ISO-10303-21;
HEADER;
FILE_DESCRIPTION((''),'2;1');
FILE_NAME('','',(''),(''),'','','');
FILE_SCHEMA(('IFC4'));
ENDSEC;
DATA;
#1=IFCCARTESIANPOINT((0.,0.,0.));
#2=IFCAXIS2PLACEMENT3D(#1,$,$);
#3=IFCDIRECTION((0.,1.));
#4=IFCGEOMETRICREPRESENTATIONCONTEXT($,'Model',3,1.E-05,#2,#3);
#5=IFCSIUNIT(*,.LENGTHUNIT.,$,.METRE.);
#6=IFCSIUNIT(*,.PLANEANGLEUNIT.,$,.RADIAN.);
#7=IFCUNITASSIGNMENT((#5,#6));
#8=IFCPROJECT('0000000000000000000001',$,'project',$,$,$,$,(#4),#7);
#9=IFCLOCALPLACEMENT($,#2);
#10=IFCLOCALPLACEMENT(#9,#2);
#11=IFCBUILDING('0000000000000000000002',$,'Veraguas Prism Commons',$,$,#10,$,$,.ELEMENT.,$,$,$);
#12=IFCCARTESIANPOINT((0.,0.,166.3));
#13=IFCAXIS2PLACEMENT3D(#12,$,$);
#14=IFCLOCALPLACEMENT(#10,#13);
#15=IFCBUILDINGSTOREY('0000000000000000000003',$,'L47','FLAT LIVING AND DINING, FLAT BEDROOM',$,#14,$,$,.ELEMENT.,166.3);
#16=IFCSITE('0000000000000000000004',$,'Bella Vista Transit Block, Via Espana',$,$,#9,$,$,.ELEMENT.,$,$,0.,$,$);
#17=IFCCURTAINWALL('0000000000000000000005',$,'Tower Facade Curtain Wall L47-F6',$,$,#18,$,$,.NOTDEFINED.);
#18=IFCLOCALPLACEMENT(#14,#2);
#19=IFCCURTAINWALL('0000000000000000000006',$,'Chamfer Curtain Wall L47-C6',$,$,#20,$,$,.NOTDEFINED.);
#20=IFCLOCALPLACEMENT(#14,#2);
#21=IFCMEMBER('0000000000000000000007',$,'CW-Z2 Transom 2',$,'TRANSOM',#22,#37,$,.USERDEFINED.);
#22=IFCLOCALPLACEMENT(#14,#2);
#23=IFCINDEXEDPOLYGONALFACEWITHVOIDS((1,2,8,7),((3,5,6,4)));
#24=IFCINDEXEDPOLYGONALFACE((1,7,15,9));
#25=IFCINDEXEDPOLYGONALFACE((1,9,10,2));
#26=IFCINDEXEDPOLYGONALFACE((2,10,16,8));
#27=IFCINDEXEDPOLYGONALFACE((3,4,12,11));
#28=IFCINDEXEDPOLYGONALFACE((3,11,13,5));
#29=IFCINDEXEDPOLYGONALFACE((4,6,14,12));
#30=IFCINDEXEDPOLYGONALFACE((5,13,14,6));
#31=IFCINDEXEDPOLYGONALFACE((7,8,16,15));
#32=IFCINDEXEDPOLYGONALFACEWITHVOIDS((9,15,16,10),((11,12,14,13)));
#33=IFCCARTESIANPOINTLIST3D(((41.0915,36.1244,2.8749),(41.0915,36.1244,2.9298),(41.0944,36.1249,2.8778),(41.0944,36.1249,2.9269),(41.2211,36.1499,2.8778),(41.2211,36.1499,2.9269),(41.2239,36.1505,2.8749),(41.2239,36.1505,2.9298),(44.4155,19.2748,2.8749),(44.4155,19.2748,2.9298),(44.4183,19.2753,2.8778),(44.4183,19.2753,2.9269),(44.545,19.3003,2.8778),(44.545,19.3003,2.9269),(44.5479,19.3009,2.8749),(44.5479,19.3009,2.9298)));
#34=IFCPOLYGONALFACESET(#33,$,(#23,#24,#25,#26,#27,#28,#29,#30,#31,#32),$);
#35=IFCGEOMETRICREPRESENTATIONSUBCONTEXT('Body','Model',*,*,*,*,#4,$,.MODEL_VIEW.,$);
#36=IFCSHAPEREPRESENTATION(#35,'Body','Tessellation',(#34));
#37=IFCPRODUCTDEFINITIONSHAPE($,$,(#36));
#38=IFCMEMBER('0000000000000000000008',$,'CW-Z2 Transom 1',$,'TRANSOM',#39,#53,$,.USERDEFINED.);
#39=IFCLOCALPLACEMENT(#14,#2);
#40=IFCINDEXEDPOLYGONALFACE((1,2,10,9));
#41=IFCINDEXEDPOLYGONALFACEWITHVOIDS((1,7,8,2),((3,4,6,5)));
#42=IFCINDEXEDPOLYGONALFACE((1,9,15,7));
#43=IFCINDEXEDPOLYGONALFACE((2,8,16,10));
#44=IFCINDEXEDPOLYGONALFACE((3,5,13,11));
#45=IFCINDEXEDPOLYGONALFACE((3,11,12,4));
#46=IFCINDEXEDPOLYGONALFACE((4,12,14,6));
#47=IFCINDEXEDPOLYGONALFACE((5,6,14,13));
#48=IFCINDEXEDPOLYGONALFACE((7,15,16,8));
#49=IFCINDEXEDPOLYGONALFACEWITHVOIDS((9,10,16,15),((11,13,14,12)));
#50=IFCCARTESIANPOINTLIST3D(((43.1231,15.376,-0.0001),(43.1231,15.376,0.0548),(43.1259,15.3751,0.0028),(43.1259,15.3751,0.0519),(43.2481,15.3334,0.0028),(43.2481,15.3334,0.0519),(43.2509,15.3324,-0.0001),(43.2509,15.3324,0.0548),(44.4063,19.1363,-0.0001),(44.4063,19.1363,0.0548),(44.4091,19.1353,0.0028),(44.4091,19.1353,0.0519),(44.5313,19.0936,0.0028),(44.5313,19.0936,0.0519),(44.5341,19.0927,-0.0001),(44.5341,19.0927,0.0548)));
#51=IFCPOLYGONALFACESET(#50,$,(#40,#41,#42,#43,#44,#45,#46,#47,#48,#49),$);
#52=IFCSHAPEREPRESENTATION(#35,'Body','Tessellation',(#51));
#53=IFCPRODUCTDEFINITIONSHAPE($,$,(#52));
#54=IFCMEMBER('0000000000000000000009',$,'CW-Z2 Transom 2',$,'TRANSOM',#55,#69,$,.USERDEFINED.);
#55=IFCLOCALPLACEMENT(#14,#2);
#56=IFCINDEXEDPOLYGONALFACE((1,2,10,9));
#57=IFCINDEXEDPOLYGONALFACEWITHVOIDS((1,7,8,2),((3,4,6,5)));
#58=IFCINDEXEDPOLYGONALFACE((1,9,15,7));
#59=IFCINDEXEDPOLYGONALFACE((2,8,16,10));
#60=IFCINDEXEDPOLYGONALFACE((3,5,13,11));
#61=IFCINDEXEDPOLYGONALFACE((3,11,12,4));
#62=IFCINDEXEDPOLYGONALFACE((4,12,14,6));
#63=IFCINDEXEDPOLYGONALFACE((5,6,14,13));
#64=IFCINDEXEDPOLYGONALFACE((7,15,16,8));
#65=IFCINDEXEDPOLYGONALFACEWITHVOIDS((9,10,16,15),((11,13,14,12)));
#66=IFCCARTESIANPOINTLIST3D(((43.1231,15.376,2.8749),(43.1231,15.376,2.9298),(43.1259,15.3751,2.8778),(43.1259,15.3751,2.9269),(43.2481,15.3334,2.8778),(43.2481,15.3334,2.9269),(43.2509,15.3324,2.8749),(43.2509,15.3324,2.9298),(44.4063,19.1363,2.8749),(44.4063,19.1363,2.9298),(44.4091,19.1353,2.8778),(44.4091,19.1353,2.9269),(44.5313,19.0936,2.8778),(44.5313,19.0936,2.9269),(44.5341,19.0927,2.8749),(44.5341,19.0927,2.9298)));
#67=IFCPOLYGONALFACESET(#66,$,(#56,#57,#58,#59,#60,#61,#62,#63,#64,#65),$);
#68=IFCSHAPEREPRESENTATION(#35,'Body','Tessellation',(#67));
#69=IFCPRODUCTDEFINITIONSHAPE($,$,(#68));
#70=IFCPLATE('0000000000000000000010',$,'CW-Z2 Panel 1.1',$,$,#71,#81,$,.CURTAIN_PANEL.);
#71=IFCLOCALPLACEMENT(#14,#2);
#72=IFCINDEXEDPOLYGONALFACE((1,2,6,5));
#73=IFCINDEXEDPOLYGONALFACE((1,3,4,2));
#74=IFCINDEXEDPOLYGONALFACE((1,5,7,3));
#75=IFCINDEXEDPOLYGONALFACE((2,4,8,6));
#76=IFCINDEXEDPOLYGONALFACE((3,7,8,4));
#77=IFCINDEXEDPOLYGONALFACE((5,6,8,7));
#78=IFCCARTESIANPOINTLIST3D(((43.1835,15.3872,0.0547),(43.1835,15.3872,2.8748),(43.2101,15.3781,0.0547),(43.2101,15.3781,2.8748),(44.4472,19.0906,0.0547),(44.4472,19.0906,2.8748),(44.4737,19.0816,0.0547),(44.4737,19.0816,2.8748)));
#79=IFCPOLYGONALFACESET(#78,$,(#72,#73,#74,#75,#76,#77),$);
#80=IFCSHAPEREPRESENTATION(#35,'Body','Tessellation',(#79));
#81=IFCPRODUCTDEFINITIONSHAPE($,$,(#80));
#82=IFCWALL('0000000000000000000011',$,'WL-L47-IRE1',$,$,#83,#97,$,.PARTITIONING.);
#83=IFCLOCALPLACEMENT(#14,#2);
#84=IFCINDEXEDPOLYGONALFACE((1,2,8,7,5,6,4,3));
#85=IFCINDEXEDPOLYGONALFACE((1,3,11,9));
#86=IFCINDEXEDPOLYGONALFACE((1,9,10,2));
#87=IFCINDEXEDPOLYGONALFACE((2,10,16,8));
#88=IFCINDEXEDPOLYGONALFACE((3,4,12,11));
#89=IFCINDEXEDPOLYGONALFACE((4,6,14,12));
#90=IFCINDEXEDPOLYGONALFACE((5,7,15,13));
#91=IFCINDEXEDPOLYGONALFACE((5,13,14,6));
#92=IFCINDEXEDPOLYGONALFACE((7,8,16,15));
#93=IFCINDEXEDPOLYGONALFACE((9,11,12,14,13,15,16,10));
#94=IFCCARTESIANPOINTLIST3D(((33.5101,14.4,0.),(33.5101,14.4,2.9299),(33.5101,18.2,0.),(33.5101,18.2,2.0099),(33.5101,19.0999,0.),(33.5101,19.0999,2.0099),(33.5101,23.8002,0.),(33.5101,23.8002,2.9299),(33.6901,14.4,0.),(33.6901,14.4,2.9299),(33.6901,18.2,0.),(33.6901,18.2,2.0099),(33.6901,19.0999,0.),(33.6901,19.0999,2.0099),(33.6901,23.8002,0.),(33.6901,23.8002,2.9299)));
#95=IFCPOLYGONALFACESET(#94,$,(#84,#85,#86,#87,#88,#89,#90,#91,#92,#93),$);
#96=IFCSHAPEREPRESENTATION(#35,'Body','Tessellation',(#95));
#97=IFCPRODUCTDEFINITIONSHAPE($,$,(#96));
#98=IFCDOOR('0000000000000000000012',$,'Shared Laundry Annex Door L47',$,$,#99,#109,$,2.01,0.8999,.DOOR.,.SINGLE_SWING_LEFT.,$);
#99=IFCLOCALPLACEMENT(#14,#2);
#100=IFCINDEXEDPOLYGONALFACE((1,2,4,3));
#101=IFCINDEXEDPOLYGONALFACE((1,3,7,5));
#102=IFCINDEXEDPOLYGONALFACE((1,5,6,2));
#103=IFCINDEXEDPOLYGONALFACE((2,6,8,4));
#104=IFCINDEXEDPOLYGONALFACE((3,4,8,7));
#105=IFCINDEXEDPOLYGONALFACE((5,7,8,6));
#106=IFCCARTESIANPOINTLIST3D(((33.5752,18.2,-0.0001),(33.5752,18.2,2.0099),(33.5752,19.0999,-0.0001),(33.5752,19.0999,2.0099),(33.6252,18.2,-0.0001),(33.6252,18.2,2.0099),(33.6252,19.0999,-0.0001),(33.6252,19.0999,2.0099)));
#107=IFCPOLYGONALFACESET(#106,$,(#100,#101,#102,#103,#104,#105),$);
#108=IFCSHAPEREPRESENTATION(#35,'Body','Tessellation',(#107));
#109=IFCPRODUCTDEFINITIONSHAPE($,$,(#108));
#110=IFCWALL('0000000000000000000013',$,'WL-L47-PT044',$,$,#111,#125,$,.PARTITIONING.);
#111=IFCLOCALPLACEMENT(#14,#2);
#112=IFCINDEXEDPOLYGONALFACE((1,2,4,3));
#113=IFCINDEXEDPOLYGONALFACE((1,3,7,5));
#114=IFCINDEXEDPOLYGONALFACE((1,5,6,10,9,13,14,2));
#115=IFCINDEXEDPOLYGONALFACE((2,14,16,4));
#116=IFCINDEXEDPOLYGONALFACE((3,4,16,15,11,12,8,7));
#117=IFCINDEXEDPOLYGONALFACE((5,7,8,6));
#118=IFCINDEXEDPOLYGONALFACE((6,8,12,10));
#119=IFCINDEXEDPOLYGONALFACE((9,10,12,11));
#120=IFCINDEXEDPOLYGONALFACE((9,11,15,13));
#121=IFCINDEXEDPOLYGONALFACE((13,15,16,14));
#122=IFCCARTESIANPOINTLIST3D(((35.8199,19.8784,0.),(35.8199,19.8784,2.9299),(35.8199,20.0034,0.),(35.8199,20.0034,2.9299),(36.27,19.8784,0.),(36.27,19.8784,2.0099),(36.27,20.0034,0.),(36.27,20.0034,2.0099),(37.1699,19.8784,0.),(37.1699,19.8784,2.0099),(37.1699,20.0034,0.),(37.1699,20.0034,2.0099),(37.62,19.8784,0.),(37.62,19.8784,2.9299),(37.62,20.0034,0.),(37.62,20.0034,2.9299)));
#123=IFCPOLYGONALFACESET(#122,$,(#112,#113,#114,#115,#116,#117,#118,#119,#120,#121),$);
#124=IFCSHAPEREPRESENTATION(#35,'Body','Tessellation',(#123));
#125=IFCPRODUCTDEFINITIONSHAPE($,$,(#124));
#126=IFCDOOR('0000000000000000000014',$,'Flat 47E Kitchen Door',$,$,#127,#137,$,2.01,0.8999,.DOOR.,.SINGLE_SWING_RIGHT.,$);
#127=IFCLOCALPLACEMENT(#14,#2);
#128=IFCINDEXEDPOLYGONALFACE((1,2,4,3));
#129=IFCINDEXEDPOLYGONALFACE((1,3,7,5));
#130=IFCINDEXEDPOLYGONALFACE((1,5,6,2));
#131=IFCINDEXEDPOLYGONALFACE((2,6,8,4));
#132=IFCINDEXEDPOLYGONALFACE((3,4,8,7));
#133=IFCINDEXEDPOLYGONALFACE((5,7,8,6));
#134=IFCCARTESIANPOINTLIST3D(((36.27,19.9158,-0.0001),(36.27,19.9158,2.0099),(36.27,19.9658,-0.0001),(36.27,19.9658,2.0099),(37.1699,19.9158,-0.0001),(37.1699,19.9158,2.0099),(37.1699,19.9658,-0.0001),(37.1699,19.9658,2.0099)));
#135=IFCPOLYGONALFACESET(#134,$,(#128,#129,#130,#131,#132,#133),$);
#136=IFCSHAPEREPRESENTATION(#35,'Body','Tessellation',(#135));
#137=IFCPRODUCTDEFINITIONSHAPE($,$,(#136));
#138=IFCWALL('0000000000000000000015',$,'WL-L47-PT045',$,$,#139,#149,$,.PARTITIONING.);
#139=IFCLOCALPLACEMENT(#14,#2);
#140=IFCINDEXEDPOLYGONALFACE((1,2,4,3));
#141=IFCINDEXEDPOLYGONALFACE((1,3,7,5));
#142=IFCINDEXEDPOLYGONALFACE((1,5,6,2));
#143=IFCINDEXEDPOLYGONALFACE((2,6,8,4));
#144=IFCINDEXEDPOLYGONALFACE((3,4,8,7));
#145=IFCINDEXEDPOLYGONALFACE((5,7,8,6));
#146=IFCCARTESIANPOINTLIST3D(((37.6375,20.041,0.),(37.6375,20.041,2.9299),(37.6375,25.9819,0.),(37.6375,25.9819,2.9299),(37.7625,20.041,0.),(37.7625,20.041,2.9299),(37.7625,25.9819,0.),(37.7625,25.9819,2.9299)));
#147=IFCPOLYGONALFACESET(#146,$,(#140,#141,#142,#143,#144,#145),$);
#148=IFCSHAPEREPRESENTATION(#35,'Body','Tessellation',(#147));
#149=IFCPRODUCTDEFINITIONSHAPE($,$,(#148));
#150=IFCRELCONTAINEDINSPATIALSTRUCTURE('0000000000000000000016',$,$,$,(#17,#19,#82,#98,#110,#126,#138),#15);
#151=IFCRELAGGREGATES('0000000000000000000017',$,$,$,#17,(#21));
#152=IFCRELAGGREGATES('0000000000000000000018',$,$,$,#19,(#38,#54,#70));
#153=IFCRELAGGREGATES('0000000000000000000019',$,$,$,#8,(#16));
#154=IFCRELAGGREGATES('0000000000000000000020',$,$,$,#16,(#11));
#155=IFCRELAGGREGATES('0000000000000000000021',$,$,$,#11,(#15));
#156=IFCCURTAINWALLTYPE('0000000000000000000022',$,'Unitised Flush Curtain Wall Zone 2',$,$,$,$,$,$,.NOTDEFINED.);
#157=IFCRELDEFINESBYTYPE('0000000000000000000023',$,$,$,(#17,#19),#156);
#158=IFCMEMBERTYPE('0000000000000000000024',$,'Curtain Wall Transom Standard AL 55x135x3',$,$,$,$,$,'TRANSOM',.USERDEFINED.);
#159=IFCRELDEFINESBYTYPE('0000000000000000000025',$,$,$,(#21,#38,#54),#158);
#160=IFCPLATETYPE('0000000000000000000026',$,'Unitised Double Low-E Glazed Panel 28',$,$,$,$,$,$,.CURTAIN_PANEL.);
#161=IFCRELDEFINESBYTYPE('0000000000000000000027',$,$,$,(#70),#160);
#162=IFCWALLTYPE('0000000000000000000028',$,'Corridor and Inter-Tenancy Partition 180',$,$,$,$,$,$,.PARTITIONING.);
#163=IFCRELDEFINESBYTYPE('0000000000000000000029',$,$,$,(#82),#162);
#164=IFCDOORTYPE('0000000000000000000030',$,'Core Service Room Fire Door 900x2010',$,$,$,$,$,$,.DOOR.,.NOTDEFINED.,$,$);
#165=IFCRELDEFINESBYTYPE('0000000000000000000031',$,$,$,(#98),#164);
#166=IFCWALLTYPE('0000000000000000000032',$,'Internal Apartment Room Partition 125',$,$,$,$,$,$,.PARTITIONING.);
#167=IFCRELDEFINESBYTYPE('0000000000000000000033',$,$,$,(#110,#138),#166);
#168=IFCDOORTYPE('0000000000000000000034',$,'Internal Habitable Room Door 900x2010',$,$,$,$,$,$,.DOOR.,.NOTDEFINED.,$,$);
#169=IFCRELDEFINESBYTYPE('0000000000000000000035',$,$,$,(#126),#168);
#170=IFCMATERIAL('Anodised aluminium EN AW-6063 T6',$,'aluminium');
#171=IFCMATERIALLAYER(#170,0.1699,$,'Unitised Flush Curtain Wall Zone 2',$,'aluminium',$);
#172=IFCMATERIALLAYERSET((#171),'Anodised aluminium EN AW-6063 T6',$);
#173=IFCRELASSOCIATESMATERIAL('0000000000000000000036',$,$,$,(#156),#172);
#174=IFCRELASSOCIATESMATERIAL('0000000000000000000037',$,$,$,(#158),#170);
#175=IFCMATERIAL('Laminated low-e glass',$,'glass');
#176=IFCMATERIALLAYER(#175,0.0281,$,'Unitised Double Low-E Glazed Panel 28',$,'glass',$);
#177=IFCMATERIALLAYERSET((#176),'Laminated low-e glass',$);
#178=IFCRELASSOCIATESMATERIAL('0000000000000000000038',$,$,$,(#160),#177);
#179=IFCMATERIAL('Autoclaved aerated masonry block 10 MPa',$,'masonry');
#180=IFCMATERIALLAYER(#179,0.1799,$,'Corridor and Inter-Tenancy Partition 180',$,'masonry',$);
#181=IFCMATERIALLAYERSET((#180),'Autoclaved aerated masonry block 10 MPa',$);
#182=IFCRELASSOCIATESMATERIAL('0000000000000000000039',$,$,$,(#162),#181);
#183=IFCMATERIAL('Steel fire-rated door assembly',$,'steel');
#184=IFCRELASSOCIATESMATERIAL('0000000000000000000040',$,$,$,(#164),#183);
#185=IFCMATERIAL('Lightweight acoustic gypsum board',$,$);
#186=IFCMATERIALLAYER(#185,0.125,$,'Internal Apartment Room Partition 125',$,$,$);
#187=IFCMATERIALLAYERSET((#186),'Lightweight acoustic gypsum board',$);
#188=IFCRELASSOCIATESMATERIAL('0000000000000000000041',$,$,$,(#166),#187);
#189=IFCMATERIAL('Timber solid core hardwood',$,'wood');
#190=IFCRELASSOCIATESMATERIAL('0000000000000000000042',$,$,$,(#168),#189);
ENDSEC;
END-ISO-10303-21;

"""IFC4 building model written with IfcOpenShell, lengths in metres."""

from ifc_helpers import new_model, si_unit, direction, frame, frame_2d, origin, origin_2d, place, context, subcontext, project, spatial, rectangle, hollow_rectangle, extrude, source, transform, mapped, material, layer, layer_set, material_profile, profile_set, type_object, element, fill, aggregate, save


model = new_model("IFC4")

# Units and contexts
model_context = context("Model", 3, precision=1e-05, world=origin(), true_north=direction((0.0, 1.0)))
body_context = subcontext(model_context, "Body", "Model", "MODEL_VIEW")
ifc_project = project(units=[si_unit("LENGTHUNIT", "METRE"), si_unit("PLANEANGLEUNIT", "RADIAN")], contexts=[model_context])

# Site, building, storey
site_placement = place(None, origin())
site = spatial("IfcSite", under=ifc_project, at=site_placement, Name="Bella Vista Transit Block, Via Espana", CompositionType="ELEMENT", RefElevation=0.0)
building_placement = place(site_placement, origin())
building = spatial("IfcBuilding", under=site, at=building_placement, Name="Veraguas Prism Commons", CompositionType="ELEMENT")
storey_placement = place(building_placement, frame((0.0, 0.0, 166.3)))
storey = spatial("IfcBuildingStorey", under=building, at=storey_placement, Name="L47", Description="FLAT LIVING AND DINING, FLAT BEDROOM", CompositionType="ELEMENT", Elevation=166.3)

# Curtain wall
ifc_material_1 = material(Name="Anodised aluminium EN AW-6063 T6", Category="aluminium")
ifc_layer_1 = layer(ifc_material_1, 0.1699, Name="Unitised Flush Curtain Wall Zone 2", Category="aluminium")
ifc_layer_set_1 = layer_set([ifc_layer_1], Name="Anodised aluminium EN AW-6063 T6")
curtain_wall_type = type_object("IfcCurtainWallType", Name="Unitised Flush Curtain Wall Zone 2", PredefinedType="NOTDEFINED", material=ifc_layer_set_1)
curtain_wall_1_placement = place(storey_placement, origin())
curtain_wall_1 = element("IfcCurtainWall", 1, at=curtain_wall_1_placement, inside=storey, type_object=curtain_wall_type, Name="Tower Facade Curtain Wall L47-F6", PredefinedType="NOTDEFINED")

# Curtain wall
curtain_wall_2_placement = place(storey_placement, origin())
curtain_wall_2 = element("IfcCurtainWall", 2, at=curtain_wall_2_placement, inside=storey, type_object=curtain_wall_type, Name="Chamfer Curtain Wall L47-C6", PredefinedType="NOTDEFINED")

# Members
ifc_material_profile_1 = material_profile(ifc_material_1, hollow_rectangle(XDim=0.0549, YDim=0.135, WallThickness=0.0029, at=origin_2d()), Name="AL55X135X3")
ifc_profile_set_1 = profile_set([ifc_material_profile_1], Name="Anodised aluminium EN AW-6063 T6")
member_type_1 = type_object("IfcMemberType", Name="Curtain Wall Transom Standard AL 55x135x3", ElementType="TRANSOM", PredefinedType="USERDEFINED", material=ifc_profile_set_1)
shared_shape_1 = source(origin(), body_context, "Body", "SweptSolid", [
    extrude(hollow_rectangle(XDim=0.0549, YDim=0.135, WallThickness=0.0029, at=origin_2d()), origin(), (0.0, 0.0, 1.0), 17.1743),
])
member_1_placement = place(storey_placement, frame((44.4817, 19.2878, 2.9023), z_axis=(-0.193543, 0.981092, 0.0), x_axis=(0.0, 0.0, 1.0)))
member_1 = element("IfcMember", 3, at=member_1_placement, type_object=member_type_1, Name="CW-Z2 Transom 2", ObjectType="TRANSOM", PredefinedType="USERDEFINED", context=body_context, shape_type="MappedRepresentation", body=[
    mapped(shared_shape_1, transform((0.0, 0.0, 0.0), scale=1.0)),
])
aggregate(curtain_wall_1, [member_1])
shared_shape_2 = source(origin(), body_context, "Body", "SweptSolid", [
    extrude(hollow_rectangle(XDim=0.0549, YDim=0.135, WallThickness=0.0029, at=origin_2d()), origin(), (0.0, 0.0, 1.0), 3.9731),
])
member_2_placement = place(storey_placement, frame((43.187, 15.3542, 0.0273), z_axis=(0.322967, 0.94641, 0.0), x_axis=(0.0, 0.0, 1.0)))
member_2 = element("IfcMember", 4, at=member_2_placement, type_object=member_type_1, Name="CW-Z2 Transom 1", ObjectType="TRANSOM", PredefinedType="USERDEFINED", context=body_context, shape_type="MappedRepresentation", body=[
    mapped(shared_shape_2, transform((0.0, 0.0, 0.0), scale=1.0)),
])
member_3_placement = place(storey_placement, frame((43.187, 15.3542, 2.9023), z_axis=(0.322967, 0.94641, 0.0), x_axis=(0.0, 0.0, 1.0)))
member_3 = element("IfcMember", 5, at=member_3_placement, type_object=member_type_1, Name="CW-Z2 Transom 2", ObjectType="TRANSOM", PredefinedType="USERDEFINED", context=body_context, shape_type="MappedRepresentation", body=[
    mapped(shared_shape_2, transform((0.0, 0.0, 0.0), scale=1.0)),
])

# Plate
ifc_material_2 = material(Name="Laminated low-e glass", Category="glass")
ifc_layer_2 = layer(ifc_material_2, 0.0281, Name="Unitised Double Low-E Glazed Panel 28", Category="glass")
ifc_layer_set_2 = layer_set([ifc_layer_2], Name="Laminated low-e glass")
plate_type = type_object("IfcPlateType", Name="Unitised Double Low-E Glazed Panel 28", PredefinedType="CURTAIN_PANEL", material=ifc_layer_set_2)
shared_shape_3 = source(origin(), body_context, "Body", "SweptSolid", [
    extrude(rectangle(XDim=3.9131, YDim=0.0281, at=origin_2d()), origin(), (0.0, 0.0, 1.0), 2.8201),
])
plate_placement = place(storey_placement, frame((43.8286, 17.2344, 0.0547), z_axis=(0.0, 0.0, 1.0), x_axis=(0.32293, 0.946423, 0.0)))
plate = element("IfcPlate", 6, at=plate_placement, type_object=plate_type, Name="CW-Z2 Panel 1.1", PredefinedType="CURTAIN_PANEL", context=body_context, shape_type="MappedRepresentation", body=[
    mapped(shared_shape_3, transform((0.0, 0.0, 0.0), scale=1.0)),
])
aggregate(curtain_wall_2, [member_2, member_3, plate])

# Walls, openings, doors
ifc_material_3 = material(Name="Autoclaved aerated masonry block 10 MPa", Category="masonry")
ifc_layer_3 = layer(ifc_material_3, 0.1799, Name="Corridor and Inter-Tenancy Partition 180", Category="masonry")
ifc_layer_set_3 = layer_set([ifc_layer_3], Name="Autoclaved aerated masonry block 10 MPa")
wall_type_1 = type_object("IfcWallType", Name="Corridor and Inter-Tenancy Partition 180", PredefinedType="PARTITIONING", material=ifc_layer_set_3)
wall_1_placement = place(storey_placement, frame((33.6001, 14.3999, 0.0), z_axis=(0.0, 0.0, 1.0), x_axis=(0.0, 1.0, 0.0)))
wall_1 = element("IfcWall", 7, at=wall_1_placement, inside=storey, type_object=wall_type_1, Name="WL-L47-IRE1", PredefinedType="PARTITIONING", context=body_context, shape_type="SweptSolid", body=[
    extrude(rectangle(XDim=9.4001, YDim=0.1799, at=frame_2d((4.7002, 0.0))), origin(), (0.0, 0.0, 1.0), 2.9299),
])
opening_1_placement = place(wall_1_placement, frame((3.8, 0.0, 0.0)))
opening_1 = element("IfcOpeningElement", 8, at=opening_1_placement, cuts=wall_1, PredefinedType="OPENING", context=body_context, shape_type="SweptSolid", body=[
    extrude(rectangle(XDim=0.8999, YDim=2.01, at=frame_2d((0.45, 1.0049))), frame((0.0, 0.0999, 0.0), z_axis=(0.0, -1.0, 0.0), x_axis=(1.0, 0.0, 0.0)), (0.0, 0.0, 1.0), 0.2),
])
ifc_material_4 = material(Name="Steel fire-rated door assembly", Category="steel")
door_type_1 = type_object("IfcDoorType", Name="Core Service Room Fire Door 900x2010", OperationType="NOTDEFINED", PredefinedType="DOOR", material=ifc_material_4)
shared_shape_4 = source(origin(), body_context, "Body", "SweptSolid", [
    extrude(rectangle(XDim=0.8999, YDim=2.01, at=frame_2d((0.45, 1.0049))), frame((0.0, 0.0249, 0.0), z_axis=(0.0, -1.0, 0.0), x_axis=(1.0, 0.0, 0.0)), (0.0, 0.0, 1.0), 0.05),
])
door_1_placement = place(opening_1_placement, origin())
door_1 = element("IfcDoor", 9, at=door_1_placement, inside=storey, type_object=door_type_1, Name="Shared Laundry Annex Door L47", OperationType="SINGLE_SWING_LEFT", OverallHeight=2.01, OverallWidth=0.8999, PredefinedType="DOOR", context=body_context, shape_type="MappedRepresentation", body=[
    mapped(shared_shape_4, transform((0.0, 0.0, 0.0), scale=1.0)),
])
fill(opening_1, door_1)
ifc_material_5 = material(Name="Lightweight acoustic gypsum board")
ifc_layer_4 = layer(ifc_material_5, 0.125, Name="Internal Apartment Room Partition 125")
ifc_layer_set_4 = layer_set([ifc_layer_4], Name="Lightweight acoustic gypsum board")
wall_type_2 = type_object("IfcWallType", Name="Internal Apartment Room Partition 125", PredefinedType="PARTITIONING", material=ifc_layer_set_4)
wall_2_placement = place(storey_placement, frame((35.8201, 19.9409, 0.0), z_axis=(0.0, 0.0, 1.0), x_axis=(1.0, 0.0, 0.0)))
wall_2 = element("IfcWall", 10, at=wall_2_placement, inside=storey, type_object=wall_type_2, Name="WL-L47-PT044", PredefinedType="PARTITIONING", context=body_context, shape_type="SweptSolid", body=[
    extrude(rectangle(XDim=1.8, YDim=0.125, at=frame_2d((0.8999, 0.0))), origin(), (0.0, 0.0, 1.0), 2.9299),
])
opening_2_placement = place(wall_2_placement, frame((0.45, 0.0, 0.0)))
opening_2 = element("IfcOpeningElement", 11, at=opening_2_placement, cuts=wall_2, PredefinedType="OPENING", context=body_context, shape_type="SweptSolid", body=[
    extrude(rectangle(XDim=0.8999, YDim=2.01, at=frame_2d((0.45, 1.0049))), frame((0.0, 0.0725, 0.0), z_axis=(0.0, -1.0, 0.0), x_axis=(1.0, 0.0, 0.0)), (0.0, 0.0, 1.0), 0.145),
])
ifc_material_6 = material(Name="Timber solid core hardwood", Category="wood")
door_type_2 = type_object("IfcDoorType", Name="Internal Habitable Room Door 900x2010", OperationType="NOTDEFINED", PredefinedType="DOOR", material=ifc_material_6)
door_2_placement = place(opening_2_placement, origin())
door_2 = element("IfcDoor", 12, at=door_2_placement, inside=storey, type_object=door_type_2, Name="Flat 47E Kitchen Door", OperationType="SINGLE_SWING_RIGHT", OverallHeight=2.01, OverallWidth=0.8999, PredefinedType="DOOR", context=body_context, shape_type="MappedRepresentation", body=[
    mapped(shared_shape_4, transform((0.0, 0.0, 0.0), scale=1.0)),
])
fill(opening_2, door_2)

# Wall
wall_3_placement = place(storey_placement, frame((37.7, 20.041, 0.0), z_axis=(0.0, 0.0, 1.0), x_axis=(0.0, 1.0, 0.0)))
element("IfcWall", 13, at=wall_3_placement, inside=storey, type_object=wall_type_2, Name="WL-L47-PT045", PredefinedType="PARTITIONING", context=body_context, shape_type="SweptSolid", body=[
    extrude(rectangle(XDim=5.9409, YDim=0.125, at=frame_2d((2.9705, 0.0))), origin(), (0.0, 0.0, 1.0), 2.9299),
])

save(model, "model.ifc")
